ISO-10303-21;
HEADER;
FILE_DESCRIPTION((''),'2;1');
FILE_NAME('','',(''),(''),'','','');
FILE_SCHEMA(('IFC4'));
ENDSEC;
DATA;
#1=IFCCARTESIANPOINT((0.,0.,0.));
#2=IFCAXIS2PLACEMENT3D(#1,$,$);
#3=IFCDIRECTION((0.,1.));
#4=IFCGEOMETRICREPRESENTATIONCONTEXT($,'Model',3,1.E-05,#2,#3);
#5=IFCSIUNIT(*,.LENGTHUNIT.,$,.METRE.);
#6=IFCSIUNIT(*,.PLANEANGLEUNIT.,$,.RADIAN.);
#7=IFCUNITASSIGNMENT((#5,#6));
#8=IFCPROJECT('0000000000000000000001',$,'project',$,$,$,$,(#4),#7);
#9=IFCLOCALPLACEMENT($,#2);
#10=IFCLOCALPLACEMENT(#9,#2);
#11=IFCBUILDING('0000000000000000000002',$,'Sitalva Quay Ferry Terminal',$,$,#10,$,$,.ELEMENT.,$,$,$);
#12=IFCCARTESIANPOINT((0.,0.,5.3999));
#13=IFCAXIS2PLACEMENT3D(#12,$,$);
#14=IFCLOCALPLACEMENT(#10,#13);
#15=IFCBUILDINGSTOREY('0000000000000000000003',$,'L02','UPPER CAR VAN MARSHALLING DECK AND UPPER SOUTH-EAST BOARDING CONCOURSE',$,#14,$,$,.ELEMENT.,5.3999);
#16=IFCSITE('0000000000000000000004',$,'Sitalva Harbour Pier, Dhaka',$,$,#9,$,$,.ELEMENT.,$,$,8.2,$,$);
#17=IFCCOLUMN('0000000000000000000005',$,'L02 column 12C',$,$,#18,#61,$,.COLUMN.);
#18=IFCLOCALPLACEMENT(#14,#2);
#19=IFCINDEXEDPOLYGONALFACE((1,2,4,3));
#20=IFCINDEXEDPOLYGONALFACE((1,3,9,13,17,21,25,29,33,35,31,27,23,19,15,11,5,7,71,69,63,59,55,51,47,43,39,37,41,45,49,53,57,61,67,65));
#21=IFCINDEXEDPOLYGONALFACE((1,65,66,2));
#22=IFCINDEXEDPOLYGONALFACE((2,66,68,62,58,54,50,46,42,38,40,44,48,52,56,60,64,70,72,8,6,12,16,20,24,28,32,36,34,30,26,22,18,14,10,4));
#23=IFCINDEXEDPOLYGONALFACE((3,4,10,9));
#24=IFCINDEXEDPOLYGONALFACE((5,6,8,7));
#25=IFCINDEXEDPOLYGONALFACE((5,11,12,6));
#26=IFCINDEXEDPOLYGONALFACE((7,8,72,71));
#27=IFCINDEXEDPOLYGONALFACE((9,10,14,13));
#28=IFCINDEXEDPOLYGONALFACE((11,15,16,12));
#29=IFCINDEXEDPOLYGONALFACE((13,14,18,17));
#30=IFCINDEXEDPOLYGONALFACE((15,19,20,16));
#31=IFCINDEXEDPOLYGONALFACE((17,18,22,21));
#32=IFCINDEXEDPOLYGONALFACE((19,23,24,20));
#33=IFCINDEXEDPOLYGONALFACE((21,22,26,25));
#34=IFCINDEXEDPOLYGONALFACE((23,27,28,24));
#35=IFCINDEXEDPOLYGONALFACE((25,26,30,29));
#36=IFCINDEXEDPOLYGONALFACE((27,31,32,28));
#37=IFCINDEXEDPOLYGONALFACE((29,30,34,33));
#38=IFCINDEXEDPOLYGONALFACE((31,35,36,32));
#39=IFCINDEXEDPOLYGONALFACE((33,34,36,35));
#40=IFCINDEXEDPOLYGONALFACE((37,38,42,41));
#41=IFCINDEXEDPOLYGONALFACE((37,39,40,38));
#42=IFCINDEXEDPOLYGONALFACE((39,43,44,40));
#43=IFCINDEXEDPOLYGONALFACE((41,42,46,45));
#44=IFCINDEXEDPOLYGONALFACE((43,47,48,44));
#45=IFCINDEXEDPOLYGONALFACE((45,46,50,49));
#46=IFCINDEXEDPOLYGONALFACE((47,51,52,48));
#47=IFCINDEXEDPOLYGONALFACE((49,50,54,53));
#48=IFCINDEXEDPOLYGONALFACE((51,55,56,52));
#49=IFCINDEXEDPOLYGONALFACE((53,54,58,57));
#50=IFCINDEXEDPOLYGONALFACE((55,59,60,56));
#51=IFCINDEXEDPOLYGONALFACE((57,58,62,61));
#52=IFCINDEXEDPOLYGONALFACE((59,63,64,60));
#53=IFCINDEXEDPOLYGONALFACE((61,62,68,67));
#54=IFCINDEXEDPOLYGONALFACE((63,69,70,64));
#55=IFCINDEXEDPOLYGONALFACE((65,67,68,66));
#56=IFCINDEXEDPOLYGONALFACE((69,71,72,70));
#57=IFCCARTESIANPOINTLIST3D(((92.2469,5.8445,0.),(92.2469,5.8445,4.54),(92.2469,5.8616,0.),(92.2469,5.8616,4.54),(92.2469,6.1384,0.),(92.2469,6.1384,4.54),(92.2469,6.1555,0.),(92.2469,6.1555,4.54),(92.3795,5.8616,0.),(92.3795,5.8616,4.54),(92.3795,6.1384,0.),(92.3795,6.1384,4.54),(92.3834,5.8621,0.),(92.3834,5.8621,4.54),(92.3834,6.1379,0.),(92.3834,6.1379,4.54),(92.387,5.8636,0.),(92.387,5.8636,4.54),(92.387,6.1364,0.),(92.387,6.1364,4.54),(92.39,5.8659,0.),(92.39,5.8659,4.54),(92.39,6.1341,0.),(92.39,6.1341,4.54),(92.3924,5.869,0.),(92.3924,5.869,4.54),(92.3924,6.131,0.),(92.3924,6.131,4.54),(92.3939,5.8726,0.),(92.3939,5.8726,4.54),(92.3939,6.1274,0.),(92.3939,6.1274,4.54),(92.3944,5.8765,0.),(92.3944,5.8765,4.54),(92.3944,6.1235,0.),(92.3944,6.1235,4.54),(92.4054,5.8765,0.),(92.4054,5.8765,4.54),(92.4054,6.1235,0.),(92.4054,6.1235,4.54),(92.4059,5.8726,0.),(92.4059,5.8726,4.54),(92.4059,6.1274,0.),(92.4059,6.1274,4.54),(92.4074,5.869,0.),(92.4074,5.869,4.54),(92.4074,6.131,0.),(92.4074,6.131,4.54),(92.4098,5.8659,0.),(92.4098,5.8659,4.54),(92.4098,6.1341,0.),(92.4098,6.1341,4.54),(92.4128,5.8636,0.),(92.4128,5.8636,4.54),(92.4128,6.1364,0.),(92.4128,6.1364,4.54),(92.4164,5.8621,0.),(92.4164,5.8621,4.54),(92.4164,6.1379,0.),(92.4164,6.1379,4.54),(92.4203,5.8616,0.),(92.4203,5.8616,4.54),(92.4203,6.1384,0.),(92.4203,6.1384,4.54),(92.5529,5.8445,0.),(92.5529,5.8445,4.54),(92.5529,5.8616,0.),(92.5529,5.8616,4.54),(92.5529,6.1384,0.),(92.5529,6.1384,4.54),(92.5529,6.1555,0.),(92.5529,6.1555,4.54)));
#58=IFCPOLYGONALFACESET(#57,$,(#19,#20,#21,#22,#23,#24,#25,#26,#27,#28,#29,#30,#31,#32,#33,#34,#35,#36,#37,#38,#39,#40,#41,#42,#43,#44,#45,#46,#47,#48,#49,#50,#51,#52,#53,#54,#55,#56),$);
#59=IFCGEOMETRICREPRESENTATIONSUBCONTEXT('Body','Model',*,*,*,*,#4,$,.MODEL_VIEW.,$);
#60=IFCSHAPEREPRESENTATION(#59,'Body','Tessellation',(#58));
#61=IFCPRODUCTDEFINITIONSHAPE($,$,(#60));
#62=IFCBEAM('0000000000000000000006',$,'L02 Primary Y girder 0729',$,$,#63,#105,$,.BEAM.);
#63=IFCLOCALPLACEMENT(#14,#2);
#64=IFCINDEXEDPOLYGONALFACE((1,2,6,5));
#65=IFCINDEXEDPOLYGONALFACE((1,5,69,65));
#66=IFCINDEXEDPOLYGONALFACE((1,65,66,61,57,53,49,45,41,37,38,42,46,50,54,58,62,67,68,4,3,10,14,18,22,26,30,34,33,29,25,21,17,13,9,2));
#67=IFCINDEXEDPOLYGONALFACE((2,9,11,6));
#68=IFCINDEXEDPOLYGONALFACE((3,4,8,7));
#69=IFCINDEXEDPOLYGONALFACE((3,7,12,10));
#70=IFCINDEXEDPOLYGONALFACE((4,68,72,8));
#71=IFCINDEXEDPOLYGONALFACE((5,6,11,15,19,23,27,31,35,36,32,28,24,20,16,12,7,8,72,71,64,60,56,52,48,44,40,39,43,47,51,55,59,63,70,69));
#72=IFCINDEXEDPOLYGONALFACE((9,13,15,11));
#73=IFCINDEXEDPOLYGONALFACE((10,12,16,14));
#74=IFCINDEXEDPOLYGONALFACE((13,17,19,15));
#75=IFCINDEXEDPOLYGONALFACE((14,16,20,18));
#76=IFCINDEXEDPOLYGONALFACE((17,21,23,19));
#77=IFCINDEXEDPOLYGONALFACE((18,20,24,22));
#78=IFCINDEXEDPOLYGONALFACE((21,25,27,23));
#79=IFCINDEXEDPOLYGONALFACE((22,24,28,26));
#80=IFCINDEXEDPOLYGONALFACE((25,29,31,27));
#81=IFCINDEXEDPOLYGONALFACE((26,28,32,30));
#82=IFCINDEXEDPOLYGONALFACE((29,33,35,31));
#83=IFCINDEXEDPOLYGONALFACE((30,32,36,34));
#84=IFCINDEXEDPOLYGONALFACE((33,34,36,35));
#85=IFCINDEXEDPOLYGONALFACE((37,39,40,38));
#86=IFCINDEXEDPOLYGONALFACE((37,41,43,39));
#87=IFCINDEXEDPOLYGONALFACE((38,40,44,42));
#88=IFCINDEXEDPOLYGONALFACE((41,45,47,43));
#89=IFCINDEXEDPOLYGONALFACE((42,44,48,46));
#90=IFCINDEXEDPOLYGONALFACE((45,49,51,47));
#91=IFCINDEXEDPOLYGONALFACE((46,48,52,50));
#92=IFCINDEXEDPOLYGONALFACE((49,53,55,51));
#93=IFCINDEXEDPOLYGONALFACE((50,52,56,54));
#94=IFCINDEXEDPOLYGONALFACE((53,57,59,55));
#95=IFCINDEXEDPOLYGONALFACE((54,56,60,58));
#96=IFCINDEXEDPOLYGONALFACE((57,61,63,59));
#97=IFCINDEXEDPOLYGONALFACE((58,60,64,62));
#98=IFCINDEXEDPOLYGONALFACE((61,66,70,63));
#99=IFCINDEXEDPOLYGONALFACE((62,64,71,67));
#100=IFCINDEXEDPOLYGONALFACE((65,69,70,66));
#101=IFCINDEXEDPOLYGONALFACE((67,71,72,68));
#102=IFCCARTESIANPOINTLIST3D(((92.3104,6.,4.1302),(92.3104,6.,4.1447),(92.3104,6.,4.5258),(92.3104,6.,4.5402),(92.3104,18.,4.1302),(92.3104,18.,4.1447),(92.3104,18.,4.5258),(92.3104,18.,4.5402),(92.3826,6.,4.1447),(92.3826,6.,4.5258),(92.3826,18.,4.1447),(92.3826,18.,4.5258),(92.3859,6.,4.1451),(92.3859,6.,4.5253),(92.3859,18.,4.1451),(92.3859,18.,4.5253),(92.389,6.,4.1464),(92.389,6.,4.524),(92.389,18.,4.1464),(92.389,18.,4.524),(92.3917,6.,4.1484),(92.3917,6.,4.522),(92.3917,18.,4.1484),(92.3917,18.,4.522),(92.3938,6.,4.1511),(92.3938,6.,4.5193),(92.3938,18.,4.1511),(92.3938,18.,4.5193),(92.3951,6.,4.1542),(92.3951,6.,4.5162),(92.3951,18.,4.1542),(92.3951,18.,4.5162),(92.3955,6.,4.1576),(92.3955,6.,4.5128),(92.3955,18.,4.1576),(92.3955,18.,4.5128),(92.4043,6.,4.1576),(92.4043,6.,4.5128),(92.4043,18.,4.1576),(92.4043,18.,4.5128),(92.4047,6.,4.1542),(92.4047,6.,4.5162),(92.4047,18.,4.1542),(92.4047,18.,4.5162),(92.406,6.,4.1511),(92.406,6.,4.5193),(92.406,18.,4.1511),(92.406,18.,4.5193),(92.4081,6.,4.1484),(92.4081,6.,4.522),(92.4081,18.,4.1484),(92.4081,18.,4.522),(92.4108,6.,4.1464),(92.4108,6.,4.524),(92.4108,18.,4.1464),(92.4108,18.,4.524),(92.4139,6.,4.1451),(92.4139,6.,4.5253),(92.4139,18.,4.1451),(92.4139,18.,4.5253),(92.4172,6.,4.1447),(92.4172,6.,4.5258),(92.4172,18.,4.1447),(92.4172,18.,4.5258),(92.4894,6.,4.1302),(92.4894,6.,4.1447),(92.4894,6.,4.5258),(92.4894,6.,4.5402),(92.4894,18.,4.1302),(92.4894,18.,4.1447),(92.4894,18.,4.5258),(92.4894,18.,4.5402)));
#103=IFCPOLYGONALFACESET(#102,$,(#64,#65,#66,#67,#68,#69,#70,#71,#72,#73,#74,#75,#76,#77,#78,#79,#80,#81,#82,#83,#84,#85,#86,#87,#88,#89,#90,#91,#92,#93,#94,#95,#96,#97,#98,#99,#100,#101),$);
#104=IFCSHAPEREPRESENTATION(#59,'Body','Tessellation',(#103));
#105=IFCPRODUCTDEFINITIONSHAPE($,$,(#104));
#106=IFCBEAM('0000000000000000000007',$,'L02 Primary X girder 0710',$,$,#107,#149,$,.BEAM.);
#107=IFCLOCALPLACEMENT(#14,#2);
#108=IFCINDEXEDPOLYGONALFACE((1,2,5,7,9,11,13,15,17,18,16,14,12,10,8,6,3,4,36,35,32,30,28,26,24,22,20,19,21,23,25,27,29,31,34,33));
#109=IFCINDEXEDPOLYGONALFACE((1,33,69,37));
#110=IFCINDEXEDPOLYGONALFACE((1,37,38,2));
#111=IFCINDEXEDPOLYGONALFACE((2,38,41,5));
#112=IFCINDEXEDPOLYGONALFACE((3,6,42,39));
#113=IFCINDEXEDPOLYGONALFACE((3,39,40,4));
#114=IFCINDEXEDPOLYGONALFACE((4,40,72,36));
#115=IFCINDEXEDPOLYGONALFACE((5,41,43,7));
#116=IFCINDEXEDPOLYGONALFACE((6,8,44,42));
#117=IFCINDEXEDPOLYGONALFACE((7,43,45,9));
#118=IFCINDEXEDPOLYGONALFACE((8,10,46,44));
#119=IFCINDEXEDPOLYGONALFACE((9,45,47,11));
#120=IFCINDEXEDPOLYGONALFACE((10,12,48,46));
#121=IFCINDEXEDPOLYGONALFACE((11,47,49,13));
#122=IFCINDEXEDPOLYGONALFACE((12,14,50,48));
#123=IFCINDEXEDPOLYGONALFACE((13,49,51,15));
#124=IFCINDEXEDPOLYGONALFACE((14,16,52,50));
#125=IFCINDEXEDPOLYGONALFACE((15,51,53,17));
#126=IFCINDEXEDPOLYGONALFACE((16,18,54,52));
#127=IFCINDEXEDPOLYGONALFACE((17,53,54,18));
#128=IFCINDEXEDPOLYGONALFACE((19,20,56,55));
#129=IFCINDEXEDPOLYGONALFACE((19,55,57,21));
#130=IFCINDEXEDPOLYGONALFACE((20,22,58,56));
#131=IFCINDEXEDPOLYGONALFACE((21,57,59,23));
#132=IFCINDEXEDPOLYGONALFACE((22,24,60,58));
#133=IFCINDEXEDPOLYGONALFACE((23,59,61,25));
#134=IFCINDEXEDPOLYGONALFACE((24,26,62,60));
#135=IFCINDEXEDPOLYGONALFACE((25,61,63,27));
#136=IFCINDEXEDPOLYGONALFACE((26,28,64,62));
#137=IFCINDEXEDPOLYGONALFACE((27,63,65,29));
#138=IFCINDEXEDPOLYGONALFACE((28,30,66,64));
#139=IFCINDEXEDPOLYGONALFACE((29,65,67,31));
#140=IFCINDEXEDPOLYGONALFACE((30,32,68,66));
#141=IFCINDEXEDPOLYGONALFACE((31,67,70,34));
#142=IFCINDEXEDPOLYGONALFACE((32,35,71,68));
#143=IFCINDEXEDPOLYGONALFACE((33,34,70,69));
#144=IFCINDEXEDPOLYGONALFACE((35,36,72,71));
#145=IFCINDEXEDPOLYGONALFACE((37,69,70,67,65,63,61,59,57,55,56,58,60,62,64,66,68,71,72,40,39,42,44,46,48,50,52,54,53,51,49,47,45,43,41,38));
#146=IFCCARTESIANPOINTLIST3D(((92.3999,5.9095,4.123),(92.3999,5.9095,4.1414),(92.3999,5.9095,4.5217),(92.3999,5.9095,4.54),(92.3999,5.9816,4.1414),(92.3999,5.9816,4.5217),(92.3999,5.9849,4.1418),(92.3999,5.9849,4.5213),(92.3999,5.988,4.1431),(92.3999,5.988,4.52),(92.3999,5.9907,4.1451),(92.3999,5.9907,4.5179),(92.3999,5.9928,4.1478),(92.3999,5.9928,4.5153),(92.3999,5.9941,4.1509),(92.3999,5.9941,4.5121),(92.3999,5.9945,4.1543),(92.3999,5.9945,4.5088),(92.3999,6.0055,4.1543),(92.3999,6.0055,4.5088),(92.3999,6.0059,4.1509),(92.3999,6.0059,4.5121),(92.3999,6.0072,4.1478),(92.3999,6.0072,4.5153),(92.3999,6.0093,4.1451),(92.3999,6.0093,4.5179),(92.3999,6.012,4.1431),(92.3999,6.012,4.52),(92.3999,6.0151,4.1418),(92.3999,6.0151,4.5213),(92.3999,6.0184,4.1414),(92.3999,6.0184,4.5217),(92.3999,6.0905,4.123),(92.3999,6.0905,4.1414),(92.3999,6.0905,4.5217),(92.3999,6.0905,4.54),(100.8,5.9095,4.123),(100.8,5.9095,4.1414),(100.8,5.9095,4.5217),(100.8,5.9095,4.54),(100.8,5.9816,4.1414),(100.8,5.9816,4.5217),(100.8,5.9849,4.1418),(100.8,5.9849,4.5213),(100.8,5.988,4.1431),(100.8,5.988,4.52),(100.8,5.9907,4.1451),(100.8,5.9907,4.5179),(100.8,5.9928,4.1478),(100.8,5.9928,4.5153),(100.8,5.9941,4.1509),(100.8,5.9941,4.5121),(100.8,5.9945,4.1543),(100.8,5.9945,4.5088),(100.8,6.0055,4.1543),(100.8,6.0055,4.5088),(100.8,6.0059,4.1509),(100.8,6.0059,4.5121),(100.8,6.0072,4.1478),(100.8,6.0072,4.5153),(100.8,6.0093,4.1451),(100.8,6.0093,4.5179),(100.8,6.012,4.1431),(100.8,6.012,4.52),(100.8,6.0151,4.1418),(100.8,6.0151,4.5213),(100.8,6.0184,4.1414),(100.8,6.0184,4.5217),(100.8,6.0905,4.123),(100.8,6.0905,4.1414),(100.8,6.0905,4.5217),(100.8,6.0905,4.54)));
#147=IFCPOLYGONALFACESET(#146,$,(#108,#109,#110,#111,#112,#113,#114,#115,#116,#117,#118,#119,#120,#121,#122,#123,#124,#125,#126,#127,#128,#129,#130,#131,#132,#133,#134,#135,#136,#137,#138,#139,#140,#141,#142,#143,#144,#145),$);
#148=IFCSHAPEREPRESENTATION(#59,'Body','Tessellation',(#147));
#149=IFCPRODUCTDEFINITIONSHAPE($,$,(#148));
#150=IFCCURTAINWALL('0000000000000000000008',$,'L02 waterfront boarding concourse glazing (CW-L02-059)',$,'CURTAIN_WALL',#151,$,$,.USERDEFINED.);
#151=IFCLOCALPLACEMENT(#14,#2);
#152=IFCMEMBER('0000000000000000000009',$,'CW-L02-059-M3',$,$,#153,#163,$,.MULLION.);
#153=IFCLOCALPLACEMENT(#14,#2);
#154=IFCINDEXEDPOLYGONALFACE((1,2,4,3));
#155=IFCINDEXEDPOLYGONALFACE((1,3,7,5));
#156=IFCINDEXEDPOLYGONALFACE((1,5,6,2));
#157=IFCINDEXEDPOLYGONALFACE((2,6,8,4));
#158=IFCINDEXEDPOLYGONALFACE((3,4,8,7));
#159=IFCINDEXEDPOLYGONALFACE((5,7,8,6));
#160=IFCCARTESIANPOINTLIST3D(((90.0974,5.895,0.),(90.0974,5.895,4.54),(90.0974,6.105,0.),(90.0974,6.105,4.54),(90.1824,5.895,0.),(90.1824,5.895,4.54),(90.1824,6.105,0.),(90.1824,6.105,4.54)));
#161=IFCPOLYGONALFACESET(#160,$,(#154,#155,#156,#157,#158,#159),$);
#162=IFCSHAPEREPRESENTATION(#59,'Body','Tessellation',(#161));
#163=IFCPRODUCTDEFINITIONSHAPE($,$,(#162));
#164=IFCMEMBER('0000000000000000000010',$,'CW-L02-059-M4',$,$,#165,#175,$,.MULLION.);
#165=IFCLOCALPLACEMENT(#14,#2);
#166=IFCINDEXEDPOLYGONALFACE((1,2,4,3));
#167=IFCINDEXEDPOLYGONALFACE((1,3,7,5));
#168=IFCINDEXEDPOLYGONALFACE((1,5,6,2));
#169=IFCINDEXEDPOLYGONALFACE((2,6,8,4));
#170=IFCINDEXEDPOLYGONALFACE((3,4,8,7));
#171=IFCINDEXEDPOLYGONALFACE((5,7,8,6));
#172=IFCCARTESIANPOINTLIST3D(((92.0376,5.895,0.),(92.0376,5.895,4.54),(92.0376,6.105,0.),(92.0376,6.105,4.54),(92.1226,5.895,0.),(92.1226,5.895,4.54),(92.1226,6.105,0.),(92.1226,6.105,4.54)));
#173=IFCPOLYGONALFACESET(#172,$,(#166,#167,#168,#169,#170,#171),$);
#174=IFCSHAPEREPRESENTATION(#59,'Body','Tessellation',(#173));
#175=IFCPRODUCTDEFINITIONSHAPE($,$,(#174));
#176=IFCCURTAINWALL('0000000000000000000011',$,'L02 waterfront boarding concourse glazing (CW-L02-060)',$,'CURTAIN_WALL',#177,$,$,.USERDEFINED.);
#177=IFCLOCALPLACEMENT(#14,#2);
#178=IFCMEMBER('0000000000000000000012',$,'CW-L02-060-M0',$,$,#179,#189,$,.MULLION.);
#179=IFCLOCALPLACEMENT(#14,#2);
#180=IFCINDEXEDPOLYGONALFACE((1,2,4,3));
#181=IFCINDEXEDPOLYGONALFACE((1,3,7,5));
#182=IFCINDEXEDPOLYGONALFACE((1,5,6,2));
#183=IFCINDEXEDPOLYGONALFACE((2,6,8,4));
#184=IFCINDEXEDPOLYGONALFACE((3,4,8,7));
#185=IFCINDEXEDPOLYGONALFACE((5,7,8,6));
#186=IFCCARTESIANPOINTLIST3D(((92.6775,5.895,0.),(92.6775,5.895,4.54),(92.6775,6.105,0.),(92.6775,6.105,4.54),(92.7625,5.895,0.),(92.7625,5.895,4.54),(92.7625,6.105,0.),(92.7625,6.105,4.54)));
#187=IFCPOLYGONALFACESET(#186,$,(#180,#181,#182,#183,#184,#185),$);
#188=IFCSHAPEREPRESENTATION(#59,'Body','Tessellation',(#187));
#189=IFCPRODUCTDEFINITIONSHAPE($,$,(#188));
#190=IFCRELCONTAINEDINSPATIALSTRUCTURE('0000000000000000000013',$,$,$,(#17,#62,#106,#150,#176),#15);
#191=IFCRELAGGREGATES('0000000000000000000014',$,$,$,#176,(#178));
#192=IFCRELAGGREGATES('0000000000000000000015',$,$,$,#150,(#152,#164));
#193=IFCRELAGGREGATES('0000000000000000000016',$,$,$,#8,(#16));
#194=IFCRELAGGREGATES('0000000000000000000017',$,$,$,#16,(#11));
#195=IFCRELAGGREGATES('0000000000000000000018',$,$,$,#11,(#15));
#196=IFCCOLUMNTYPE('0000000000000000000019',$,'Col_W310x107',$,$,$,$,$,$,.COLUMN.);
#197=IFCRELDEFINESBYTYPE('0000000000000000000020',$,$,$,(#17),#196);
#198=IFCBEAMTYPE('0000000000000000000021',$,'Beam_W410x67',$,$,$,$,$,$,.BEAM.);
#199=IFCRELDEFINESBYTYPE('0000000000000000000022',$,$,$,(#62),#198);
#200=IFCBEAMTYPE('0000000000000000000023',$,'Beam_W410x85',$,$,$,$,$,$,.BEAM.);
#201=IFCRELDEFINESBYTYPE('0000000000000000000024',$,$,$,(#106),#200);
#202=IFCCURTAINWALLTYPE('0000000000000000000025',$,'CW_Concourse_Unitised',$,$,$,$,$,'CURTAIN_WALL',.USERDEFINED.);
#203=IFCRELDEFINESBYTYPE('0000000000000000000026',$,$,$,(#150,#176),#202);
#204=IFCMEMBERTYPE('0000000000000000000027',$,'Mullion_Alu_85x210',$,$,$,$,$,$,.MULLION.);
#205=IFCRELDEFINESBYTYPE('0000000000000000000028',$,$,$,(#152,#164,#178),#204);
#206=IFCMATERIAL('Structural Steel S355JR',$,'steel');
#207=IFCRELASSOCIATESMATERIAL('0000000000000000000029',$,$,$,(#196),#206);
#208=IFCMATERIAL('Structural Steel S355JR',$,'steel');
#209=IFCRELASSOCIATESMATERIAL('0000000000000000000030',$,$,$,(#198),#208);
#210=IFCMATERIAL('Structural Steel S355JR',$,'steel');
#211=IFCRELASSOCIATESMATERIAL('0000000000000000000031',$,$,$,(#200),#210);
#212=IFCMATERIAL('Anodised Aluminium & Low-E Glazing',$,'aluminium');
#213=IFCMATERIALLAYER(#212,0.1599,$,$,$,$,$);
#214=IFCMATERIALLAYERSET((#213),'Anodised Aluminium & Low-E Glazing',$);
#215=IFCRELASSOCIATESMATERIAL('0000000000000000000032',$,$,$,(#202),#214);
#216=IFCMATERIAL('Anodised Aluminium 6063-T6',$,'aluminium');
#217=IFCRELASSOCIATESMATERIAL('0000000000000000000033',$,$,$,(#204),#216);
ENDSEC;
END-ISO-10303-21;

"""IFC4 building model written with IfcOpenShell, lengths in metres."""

from ifc_helpers import new_model, si_unit, direction, frame, origin, origin_2d, place, context, subcontext, project, spatial, rectangle, i_section, extrude, material, layer, layer_set, material_profile, profile_set, type_object, element, aggregate, save


model = new_model("IFC4")

# Units and contexts
model_context = context("Model", 3, precision=1e-05, world=origin(), true_north=direction((0.0, 1.0)))
body_context = subcontext(model_context, "Body", "Model", "MODEL_VIEW")
ifc_project = project(units=[si_unit("LENGTHUNIT", "METRE"), si_unit("PLANEANGLEUNIT", "RADIAN")], contexts=[model_context])

# Site, building, storey
site_placement = place(None, origin())
site = spatial("IfcSite", under=ifc_project, at=site_placement, Name="Sitalva Harbour Pier, Dhaka", CompositionType="ELEMENT", RefElevation=8.2)
building_placement = place(site_placement, origin())
building = spatial("IfcBuilding", under=site, at=building_placement, Name="Sitalva Quay Ferry Terminal", CompositionType="ELEMENT")
storey_placement = place(building_placement, frame((0.0, 0.0, 5.3999)))
storey = spatial("IfcBuildingStorey", under=building, at=storey_placement, Name="L02", Description="UPPER CAR VAN MARSHALLING DECK AND UPPER SOUTH-EAST BOARDING CONCOURSE", CompositionType="ELEMENT", Elevation=5.3999)

# Column
ifc_material_1 = material(Name="Structural Steel S355JR", Category="steel")
ifc_material_profile_1 = material_profile(ifc_material_1, i_section(OverallWidth=0.3059, OverallDepth=0.311, WebThickness=0.011, FlangeThickness=0.0171, FilletRadius=0.0149, at=origin_2d()), Name="W310x107")
ifc_profile_set_1 = profile_set([ifc_material_profile_1], Name="Structural Steel S355JR")
column_type = type_object("IfcColumnType", Name="Col_W310x107", PredefinedType="COLUMN", material=ifc_profile_set_1)
column_placement = place(storey_placement, frame((92.3999, 6.0, 0.0), z_axis=(0.0, 0.0, 1.0), x_axis=(1.0, 0.0, 0.0)))
element("IfcColumn", 1, at=column_placement, inside=storey, type_object=column_type, Name="L02 column 12C", PredefinedType="COLUMN", context=body_context, shape_type="SweptSolid", body=[
    extrude(i_section(OverallWidth=0.3059, OverallDepth=0.311, WebThickness=0.011, FlangeThickness=0.0171, FilletRadius=0.0149, at=origin_2d()), origin(), (0.0, 0.0, 1.0), 4.54),
])

# Beams
ifc_material_2 = material(Name="Structural Steel S355JR", Category="steel")
ifc_material_profile_2 = material_profile(ifc_material_2, i_section(OverallWidth=0.179, OverallDepth=0.4099, WebThickness=0.0088, FlangeThickness=0.0144, FilletRadius=0.0129, at=origin_2d()), Name="W410x67")
ifc_profile_set_2 = profile_set([ifc_material_profile_2], Name="Structural Steel S355JR")
beam_type_1 = type_object("IfcBeamType", Name="Beam_W410x67", PredefinedType="BEAM", material=ifc_profile_set_2)
beam_1_placement = place(storey_placement, frame((92.3999, 6.0, 4.3352), z_axis=(0.0, 1.0, 0.0), x_axis=(-1.0, 0.0, 0.0)))
element("IfcBeam", 2, at=beam_1_placement, inside=storey, type_object=beam_type_1, Name="L02 Primary Y girder 0729", PredefinedType="BEAM", context=body_context, shape_type="SweptSolid", body=[
    extrude(i_section(OverallWidth=0.179, OverallDepth=0.4099, WebThickness=0.0088, FlangeThickness=0.0144, FilletRadius=0.0129, at=origin_2d()), origin(), (0.0, 0.0, 1.0), 12.0),
])
ifc_material_3 = material(Name="Structural Steel S355JR", Category="steel")
ifc_material_profile_3 = material_profile(ifc_material_3, i_section(OverallWidth=0.1809, OverallDepth=0.417, WebThickness=0.011, FlangeThickness=0.0183, FilletRadius=0.0129, at=origin_2d()), Name="W410x85")
ifc_profile_set_3 = profile_set([ifc_material_profile_3], Name="Structural Steel S355JR")
beam_type_2 = type_object("IfcBeamType", Name="Beam_W410x85", PredefinedType="BEAM", material=ifc_profile_set_3)
beam_2_placement = place(storey_placement, frame((92.3999, 6.0, 4.3315), z_axis=(1.0, 0.0, 0.0), x_axis=(0.0, 1.0, 0.0)))
element("IfcBeam", 3, at=beam_2_placement, inside=storey, type_object=beam_type_2, Name="L02 Primary X girder 0710", PredefinedType="BEAM", context=body_context, shape_type="SweptSolid", body=[
    extrude(i_section(OverallWidth=0.1809, OverallDepth=0.417, WebThickness=0.011, FlangeThickness=0.0183, FilletRadius=0.0129, at=origin_2d()), origin(), (0.0, 0.0, 1.0), 8.4001),
])

# Curtain wall, members
ifc_material_4 = material(Name="Anodised Aluminium & Low-E Glazing", Category="aluminium")
ifc_layer_1 = layer(ifc_material_4, 0.1599)
ifc_layer_set_1 = layer_set([ifc_layer_1], Name="Anodised Aluminium & Low-E Glazing")
curtain_wall_type = type_object("IfcCurtainWallType", Name="CW_Concourse_Unitised", ElementType="CURTAIN_WALL", PredefinedType="USERDEFINED", material=ifc_layer_set_1)
curtain_wall_1_placement = place(storey_placement, origin())
curtain_wall_1 = element("IfcCurtainWall", 4, at=curtain_wall_1_placement, inside=storey, type_object=curtain_wall_type, Name="L02 waterfront boarding concourse glazing (CW-L02-059)", ObjectType="CURTAIN_WALL", PredefinedType="USERDEFINED")
ifc_material_5 = material(Name="Anodised Aluminium 6063-T6", Category="aluminium")
ifc_material_profile_4 = material_profile(ifc_material_5, rectangle(XDim=0.085, YDim=0.21, at=origin_2d()), Name="ALU85x210")
ifc_profile_set_4 = profile_set([ifc_material_profile_4], Name="Anodised Aluminium 6063-T6")
member_type_1 = type_object("IfcMemberType", Name="Mullion_Alu_85x210", PredefinedType="MULLION", material=ifc_profile_set_4)
member_1_placement = place(storey_placement, frame((90.1399, 6.0, 0.0), z_axis=(0.0, 0.0, 1.0), x_axis=(1.0, 0.0, 0.0)))
member_1 = element("IfcMember", 5, at=member_1_placement, type_object=member_type_1, Name="CW-L02-059-M3", PredefinedType="MULLION", context=body_context, shape_type="SweptSolid", body=[
    extrude(rectangle(XDim=0.085, YDim=0.21, at=origin_2d()), origin(), (0.0, 0.0, 1.0), 4.54),
])
member_2_placement = place(storey_placement, frame((92.0801, 6.0, 0.0), z_axis=(0.0, 0.0, 1.0), x_axis=(1.0, 0.0, 0.0)))
member_2 = element("IfcMember", 6, at=member_2_placement, type_object=member_type_1, Name="CW-L02-059-M4", PredefinedType="MULLION", context=body_context, shape_type="SweptSolid", body=[
    extrude(rectangle(XDim=0.085, YDim=0.21, at=origin_2d()), origin(), (0.0, 0.0, 1.0), 4.54),
])

# Curtain wall, member
curtain_wall_2_placement = place(storey_placement, origin())
curtain_wall_2 = element("IfcCurtainWall", 7, at=curtain_wall_2_placement, inside=storey, type_object=curtain_wall_type, Name="L02 waterfront boarding concourse glazing (CW-L02-060)", ObjectType="CURTAIN_WALL", PredefinedType="USERDEFINED")
member_3_placement = place(storey_placement, frame((92.72, 6.0, 0.0), z_axis=(0.0, 0.0, 1.0), x_axis=(1.0, 0.0, 0.0)))
member_3 = element("IfcMember", 8, at=member_3_placement, type_object=member_type_1, Name="CW-L02-060-M0", PredefinedType="MULLION", context=body_context, shape_type="SweptSolid", body=[
    extrude(rectangle(XDim=0.085, YDim=0.21, at=origin_2d()), origin(), (0.0, 0.0, 1.0), 4.54),
])

aggregate(curtain_wall_2, [member_3])

aggregate(curtain_wall_1, [member_1, member_2])

save(model, "model.ifc")
